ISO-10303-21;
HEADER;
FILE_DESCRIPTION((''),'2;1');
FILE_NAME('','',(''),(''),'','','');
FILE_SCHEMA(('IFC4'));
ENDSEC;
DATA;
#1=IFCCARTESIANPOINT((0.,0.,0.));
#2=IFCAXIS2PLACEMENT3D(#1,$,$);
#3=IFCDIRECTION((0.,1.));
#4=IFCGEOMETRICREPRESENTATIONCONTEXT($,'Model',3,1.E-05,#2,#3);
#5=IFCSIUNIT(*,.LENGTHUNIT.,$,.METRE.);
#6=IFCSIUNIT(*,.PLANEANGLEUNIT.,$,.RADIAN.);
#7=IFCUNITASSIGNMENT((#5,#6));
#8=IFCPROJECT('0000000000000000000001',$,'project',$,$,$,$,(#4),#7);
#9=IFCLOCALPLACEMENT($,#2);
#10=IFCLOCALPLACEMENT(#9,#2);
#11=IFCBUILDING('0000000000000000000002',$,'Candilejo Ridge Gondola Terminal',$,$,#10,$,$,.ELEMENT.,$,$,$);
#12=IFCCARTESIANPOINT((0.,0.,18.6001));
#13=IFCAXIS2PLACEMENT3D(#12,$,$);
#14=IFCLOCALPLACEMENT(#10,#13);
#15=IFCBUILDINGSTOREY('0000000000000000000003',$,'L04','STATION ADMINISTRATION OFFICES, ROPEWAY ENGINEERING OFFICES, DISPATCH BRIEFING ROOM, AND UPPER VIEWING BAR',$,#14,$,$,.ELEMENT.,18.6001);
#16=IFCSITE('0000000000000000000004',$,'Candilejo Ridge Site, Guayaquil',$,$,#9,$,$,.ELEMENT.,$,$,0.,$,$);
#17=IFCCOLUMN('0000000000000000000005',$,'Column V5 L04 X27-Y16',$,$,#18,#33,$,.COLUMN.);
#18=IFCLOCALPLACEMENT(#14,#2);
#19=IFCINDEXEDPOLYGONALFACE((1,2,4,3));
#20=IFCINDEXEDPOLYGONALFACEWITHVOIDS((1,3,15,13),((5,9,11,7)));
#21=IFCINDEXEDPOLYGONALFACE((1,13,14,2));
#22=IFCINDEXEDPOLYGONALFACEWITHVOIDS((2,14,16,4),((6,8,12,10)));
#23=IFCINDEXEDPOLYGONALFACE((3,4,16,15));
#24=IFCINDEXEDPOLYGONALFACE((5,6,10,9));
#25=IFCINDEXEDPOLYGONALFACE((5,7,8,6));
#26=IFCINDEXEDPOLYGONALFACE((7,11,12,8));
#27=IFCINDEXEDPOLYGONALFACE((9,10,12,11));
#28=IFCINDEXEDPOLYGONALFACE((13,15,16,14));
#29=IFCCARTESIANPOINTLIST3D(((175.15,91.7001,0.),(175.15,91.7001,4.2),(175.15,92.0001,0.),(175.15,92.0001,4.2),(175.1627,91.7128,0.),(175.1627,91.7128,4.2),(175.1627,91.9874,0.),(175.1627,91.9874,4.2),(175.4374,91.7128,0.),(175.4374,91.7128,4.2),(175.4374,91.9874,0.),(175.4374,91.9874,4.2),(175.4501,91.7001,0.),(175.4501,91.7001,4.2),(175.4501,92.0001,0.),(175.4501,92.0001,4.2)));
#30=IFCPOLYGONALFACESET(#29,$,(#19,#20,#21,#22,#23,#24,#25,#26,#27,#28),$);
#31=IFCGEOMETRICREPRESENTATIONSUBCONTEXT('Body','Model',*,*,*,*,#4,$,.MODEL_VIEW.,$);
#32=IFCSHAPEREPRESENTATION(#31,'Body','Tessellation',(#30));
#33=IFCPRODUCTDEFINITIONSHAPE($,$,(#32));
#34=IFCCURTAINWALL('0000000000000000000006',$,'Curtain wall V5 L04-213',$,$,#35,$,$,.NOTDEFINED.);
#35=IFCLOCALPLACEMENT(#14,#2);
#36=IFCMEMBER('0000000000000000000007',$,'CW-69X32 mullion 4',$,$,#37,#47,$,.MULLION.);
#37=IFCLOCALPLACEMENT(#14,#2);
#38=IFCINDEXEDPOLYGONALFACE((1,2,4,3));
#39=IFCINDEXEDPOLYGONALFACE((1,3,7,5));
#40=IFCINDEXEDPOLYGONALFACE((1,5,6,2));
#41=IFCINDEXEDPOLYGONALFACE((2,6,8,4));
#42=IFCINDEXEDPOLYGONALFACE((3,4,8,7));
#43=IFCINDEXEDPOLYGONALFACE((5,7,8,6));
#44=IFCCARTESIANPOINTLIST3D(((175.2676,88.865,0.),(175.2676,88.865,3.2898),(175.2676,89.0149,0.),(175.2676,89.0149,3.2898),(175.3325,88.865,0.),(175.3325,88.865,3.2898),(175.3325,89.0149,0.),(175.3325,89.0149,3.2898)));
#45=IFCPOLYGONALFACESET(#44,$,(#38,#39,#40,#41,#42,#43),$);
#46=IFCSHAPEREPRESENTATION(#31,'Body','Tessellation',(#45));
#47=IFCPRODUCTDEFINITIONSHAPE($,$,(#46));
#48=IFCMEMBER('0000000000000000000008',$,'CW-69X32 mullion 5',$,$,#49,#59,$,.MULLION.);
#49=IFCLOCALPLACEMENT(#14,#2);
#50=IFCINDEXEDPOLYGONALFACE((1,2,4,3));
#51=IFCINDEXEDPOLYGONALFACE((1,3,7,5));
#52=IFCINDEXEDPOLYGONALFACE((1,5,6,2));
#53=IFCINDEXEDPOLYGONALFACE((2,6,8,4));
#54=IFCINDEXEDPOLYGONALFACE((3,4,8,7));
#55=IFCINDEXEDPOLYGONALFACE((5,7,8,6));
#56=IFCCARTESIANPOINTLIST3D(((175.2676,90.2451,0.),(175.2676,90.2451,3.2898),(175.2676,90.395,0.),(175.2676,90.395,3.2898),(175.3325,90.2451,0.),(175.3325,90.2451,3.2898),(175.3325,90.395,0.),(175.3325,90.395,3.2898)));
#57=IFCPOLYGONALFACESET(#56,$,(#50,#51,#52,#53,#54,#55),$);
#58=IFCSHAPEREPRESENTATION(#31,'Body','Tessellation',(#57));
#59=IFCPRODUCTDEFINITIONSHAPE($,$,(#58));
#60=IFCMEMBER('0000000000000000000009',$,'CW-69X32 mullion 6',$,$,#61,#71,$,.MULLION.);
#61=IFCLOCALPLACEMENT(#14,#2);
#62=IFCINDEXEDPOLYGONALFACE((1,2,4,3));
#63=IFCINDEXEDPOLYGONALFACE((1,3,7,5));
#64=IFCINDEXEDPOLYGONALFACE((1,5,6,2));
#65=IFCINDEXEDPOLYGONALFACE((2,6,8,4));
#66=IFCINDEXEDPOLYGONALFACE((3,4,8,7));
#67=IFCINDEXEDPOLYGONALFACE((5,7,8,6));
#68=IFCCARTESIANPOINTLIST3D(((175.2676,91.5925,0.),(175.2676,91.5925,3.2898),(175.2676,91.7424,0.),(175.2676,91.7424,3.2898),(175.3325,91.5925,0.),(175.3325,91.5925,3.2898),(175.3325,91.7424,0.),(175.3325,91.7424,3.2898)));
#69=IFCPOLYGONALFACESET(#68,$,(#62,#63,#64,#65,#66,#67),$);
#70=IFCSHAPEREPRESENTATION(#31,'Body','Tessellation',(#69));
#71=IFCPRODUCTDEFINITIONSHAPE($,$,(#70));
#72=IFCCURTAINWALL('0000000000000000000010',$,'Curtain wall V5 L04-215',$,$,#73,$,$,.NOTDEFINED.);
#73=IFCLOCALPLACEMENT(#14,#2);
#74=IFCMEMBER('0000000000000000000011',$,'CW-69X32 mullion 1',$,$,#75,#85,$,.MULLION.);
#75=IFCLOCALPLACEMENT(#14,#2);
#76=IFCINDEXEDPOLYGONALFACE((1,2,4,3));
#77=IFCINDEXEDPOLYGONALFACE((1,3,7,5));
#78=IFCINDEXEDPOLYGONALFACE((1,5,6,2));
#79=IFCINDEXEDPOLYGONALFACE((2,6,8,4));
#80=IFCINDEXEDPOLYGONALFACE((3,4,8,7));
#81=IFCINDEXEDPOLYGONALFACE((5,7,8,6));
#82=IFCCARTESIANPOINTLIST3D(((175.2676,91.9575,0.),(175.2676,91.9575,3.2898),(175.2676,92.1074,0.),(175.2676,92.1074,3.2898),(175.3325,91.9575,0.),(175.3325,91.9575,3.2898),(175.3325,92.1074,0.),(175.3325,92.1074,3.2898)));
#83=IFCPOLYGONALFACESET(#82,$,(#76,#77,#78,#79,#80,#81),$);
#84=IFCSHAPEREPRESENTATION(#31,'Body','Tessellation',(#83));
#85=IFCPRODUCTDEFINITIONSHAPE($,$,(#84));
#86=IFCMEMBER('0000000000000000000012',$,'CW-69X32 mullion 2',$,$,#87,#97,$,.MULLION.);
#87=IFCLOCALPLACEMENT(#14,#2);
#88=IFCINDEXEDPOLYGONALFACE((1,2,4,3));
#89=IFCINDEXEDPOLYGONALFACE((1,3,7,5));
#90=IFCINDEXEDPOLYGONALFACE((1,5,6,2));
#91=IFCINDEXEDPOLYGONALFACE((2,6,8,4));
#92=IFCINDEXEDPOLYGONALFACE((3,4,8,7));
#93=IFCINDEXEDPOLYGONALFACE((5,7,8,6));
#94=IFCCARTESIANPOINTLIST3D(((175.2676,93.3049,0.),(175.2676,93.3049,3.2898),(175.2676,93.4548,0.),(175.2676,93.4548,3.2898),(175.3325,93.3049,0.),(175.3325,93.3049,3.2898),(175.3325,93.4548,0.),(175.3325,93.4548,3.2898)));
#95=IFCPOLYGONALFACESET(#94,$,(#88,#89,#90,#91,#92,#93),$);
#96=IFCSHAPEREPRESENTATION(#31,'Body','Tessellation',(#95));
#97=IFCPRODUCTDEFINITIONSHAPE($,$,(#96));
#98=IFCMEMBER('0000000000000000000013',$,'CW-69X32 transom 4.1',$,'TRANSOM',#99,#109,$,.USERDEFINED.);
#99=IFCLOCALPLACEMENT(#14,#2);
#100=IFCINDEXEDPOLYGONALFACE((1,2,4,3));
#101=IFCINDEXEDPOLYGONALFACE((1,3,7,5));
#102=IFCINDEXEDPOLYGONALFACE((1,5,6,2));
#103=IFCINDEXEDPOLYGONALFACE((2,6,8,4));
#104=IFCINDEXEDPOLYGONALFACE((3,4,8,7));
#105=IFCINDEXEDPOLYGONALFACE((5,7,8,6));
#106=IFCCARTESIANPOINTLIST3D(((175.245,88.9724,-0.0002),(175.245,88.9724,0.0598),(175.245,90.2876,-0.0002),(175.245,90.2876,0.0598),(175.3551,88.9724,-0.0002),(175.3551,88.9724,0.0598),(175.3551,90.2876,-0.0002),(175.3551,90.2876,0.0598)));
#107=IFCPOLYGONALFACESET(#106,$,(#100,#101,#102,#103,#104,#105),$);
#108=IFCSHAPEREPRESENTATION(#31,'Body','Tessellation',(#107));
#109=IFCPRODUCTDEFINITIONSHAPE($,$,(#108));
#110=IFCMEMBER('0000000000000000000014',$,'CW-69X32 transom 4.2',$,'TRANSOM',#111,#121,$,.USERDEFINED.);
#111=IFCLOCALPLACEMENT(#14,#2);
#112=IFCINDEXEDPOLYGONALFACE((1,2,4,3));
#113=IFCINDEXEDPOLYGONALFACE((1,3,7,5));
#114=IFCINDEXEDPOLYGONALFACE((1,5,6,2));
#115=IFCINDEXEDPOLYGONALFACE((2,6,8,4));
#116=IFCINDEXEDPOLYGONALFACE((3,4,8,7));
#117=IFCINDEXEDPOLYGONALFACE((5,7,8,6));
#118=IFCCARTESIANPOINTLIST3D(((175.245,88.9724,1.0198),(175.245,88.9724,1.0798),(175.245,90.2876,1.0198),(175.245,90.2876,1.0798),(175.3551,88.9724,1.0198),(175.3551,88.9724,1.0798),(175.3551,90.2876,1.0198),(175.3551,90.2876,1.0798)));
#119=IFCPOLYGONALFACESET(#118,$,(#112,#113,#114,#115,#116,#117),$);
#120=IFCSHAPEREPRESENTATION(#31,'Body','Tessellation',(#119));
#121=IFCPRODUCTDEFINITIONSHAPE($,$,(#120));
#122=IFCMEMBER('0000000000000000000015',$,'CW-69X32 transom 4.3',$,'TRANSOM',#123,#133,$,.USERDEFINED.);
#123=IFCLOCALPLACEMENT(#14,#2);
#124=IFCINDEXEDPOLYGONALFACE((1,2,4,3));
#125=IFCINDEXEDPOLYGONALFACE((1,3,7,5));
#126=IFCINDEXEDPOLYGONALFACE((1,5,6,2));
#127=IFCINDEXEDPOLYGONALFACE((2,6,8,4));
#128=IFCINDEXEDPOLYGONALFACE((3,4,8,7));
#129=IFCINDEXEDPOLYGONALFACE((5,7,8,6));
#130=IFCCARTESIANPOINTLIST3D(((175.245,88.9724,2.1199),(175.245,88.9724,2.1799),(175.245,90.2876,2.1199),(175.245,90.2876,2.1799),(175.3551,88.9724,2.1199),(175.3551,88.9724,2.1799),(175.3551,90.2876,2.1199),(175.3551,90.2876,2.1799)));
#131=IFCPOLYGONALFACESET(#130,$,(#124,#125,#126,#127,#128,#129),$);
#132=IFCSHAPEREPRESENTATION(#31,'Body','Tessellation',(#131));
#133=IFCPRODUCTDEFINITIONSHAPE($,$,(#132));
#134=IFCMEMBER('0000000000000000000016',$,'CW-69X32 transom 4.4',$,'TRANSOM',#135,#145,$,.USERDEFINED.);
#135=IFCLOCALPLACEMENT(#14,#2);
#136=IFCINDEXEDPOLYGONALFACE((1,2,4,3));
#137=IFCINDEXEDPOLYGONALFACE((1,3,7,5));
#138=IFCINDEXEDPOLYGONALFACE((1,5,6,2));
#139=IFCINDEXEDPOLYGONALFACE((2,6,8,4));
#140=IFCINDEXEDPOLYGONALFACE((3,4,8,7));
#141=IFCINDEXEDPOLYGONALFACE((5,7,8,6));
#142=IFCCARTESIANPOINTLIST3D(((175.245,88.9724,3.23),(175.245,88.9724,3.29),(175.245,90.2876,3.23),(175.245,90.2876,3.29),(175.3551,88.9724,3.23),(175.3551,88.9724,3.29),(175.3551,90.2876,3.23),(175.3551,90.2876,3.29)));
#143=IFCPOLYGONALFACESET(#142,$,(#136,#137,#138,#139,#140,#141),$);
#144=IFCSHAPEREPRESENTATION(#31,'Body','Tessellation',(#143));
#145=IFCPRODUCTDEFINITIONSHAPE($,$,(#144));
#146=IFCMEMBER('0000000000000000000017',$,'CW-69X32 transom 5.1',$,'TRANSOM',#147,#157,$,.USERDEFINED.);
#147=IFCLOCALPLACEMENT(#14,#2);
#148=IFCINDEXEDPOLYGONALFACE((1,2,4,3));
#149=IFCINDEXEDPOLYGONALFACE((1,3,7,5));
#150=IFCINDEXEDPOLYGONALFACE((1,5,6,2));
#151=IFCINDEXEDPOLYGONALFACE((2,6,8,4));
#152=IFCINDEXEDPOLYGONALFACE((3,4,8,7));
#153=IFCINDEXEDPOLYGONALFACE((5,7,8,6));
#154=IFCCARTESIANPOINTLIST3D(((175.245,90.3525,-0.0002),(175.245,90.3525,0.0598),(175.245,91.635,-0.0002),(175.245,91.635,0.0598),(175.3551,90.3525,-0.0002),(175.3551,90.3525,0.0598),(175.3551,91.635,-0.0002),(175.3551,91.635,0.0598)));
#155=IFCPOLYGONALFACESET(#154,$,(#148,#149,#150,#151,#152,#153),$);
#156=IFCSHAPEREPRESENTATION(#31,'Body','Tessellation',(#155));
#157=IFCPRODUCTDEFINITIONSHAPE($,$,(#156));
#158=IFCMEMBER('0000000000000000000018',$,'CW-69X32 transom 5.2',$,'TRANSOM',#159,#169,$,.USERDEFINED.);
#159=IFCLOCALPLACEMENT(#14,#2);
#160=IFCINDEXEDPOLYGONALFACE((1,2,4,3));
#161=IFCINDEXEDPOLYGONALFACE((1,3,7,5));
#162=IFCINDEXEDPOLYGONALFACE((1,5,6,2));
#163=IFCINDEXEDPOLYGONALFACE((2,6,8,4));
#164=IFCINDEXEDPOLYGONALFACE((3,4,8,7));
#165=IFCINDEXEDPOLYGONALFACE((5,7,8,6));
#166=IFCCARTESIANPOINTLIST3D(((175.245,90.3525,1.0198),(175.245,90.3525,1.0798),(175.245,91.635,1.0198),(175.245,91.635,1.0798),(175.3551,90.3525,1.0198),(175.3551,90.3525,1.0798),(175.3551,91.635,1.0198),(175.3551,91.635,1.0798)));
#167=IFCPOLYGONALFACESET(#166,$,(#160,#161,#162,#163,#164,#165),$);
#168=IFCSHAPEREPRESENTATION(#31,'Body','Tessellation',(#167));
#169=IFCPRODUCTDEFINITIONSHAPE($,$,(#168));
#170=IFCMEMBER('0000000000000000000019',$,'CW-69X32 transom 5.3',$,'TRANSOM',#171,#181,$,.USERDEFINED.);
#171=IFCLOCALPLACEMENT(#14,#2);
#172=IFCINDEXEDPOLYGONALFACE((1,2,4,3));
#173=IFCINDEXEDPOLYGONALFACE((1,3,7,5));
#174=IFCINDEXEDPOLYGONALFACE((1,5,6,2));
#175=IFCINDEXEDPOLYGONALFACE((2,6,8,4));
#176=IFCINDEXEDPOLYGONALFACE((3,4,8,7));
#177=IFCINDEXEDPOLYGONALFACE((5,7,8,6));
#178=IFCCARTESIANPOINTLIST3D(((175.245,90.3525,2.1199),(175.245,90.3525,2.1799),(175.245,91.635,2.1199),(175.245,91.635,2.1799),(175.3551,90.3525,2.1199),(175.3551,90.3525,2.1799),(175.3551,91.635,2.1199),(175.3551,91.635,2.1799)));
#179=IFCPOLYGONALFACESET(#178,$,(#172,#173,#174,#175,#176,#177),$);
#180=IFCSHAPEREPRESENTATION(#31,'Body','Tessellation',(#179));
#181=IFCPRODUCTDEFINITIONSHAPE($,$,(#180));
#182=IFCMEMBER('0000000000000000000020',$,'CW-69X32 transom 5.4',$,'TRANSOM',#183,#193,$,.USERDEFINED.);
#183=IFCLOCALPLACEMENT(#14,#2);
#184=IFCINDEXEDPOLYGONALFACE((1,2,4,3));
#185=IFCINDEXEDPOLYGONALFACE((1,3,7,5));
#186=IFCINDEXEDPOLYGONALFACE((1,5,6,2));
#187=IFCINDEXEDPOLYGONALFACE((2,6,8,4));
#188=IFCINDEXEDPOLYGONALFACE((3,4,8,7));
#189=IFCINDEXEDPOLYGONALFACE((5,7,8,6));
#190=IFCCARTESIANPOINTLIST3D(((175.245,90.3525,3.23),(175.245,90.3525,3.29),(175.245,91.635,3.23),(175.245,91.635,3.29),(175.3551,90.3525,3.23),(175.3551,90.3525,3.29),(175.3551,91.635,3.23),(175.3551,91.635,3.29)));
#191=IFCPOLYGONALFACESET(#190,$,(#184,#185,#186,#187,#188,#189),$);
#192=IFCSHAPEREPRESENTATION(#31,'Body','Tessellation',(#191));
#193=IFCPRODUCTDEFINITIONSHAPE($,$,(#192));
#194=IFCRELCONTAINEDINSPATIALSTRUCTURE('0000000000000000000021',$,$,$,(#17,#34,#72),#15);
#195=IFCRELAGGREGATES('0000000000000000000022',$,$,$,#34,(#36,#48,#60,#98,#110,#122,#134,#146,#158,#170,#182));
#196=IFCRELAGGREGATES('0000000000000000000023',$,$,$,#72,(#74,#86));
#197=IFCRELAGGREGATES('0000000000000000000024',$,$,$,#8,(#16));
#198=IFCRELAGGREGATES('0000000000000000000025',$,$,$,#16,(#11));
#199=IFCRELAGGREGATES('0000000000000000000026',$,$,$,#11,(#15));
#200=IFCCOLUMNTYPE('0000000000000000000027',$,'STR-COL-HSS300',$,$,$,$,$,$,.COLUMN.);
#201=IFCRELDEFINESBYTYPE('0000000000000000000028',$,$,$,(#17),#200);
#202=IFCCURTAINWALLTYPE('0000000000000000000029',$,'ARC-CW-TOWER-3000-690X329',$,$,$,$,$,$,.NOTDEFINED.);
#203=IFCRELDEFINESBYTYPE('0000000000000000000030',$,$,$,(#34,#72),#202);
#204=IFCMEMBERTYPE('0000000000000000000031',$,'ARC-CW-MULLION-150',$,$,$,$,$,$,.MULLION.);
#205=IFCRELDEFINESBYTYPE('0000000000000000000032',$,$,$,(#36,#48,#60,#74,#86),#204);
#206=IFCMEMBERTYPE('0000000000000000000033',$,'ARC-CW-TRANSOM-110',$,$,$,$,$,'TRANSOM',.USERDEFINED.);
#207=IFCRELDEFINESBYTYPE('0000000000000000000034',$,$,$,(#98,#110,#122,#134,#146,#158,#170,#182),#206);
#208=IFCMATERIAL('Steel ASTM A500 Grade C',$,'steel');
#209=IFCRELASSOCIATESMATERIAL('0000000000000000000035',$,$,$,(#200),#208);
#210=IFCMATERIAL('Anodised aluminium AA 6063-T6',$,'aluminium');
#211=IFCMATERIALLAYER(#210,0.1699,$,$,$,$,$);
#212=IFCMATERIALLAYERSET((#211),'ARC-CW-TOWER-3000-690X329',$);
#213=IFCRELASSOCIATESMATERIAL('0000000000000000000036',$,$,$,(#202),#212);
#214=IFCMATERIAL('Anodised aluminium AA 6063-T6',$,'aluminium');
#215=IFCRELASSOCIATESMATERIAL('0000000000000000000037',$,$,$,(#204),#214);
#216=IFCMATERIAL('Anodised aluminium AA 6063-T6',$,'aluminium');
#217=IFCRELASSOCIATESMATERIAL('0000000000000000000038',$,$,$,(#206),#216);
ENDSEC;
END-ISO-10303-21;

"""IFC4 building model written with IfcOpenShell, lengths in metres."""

from ifc_helpers import new_model, si_unit, direction, frame, origin, origin_2d, place, context, subcontext, project, spatial, rectangle, hollow_rectangle, extrude, material, layer, layer_set, material_profile, profile_set, type_object, element, aggregate, save


model = new_model("IFC4")

# Units and contexts
model_context = context("Model", 3, precision=1e-05, world=origin(), true_north=direction((0.0, 1.0)))
body_context = subcontext(model_context, "Body", "Model", "MODEL_VIEW")
ifc_project = project(units=[si_unit("LENGTHUNIT", "METRE"), si_unit("PLANEANGLEUNIT", "RADIAN")], contexts=[model_context])

# Site, building, storey
site_placement = place(None, origin())
site = spatial("IfcSite", under=ifc_project, at=site_placement, Name="Candilejo Ridge Site, Guayaquil", CompositionType="ELEMENT", RefElevation=0.0)
building_placement = place(site_placement, origin())
building = spatial("IfcBuilding", under=site, at=building_placement, Name="Candilejo Ridge Gondola Terminal", CompositionType="ELEMENT")
storey_placement = place(building_placement, frame((0.0, 0.0, 18.6001)))
storey = spatial("IfcBuildingStorey", under=building, at=storey_placement, Name="L04", Description="STATION ADMINISTRATION OFFICES, ROPEWAY ENGINEERING OFFICES, DISPATCH BRIEFING ROOM, AND UPPER VIEWING BAR", CompositionType="ELEMENT", Elevation=18.6001)

# Column
ifc_material_1 = material(Name="Steel ASTM A500 Grade C", Category="steel")
ifc_material_profile_1 = material_profile(ifc_material_1, hollow_rectangle(XDim=0.3, YDim=0.3, WallThickness=0.0127, at=origin_2d()))
ifc_profile_set_1 = profile_set([ifc_material_profile_1], Name="Steel ASTM A500 Grade C")
column_type = type_object("IfcColumnType", Name="STR-COL-HSS300", PredefinedType="COLUMN", material=ifc_profile_set_1)
column_placement = place(storey_placement, frame((175.3, 91.8501, 0.0), z_axis=(0.0, 0.0, 1.0), x_axis=(1.0, 0.0, 0.0)))
element("IfcColumn", 1, at=column_placement, inside=storey, type_object=column_type, Name="Column V5 L04 X27-Y16", PredefinedType="COLUMN", context=body_context, shape_type="SweptSolid", body=[
    extrude(hollow_rectangle(XDim=0.3, YDim=0.3, WallThickness=0.0127, at=origin_2d()), origin(), (0.0, 0.0, 1.0), 4.2),
])

# Curtain walls, members
ifc_material_2 = material(Name="Anodised aluminium AA 6063-T6", Category="aluminium")
ifc_layer_1 = layer(ifc_material_2, 0.1699)
ifc_layer_set_1 = layer_set([ifc_layer_1], Name="ARC-CW-TOWER-3000-690X329")
curtain_wall_type = type_object("IfcCurtainWallType", Name="ARC-CW-TOWER-3000-690X329", PredefinedType="NOTDEFINED", material=ifc_layer_set_1)
curtain_wall_1_placement = place(storey_placement, origin())
curtain_wall_1 = element("IfcCurtainWall", 2, at=curtain_wall_1_placement, inside=storey, type_object=curtain_wall_type, Name="Curtain wall V5 L04-213", PredefinedType="NOTDEFINED")
ifc_material_3 = material(Name="Anodised aluminium AA 6063-T6", Category="aluminium")
ifc_material_profile_2 = material_profile(ifc_material_3, rectangle(XDim=0.0649, YDim=0.1499, at=origin_2d()))
ifc_profile_set_2 = profile_set([ifc_material_profile_2], Name="Anodised aluminium AA 6063-T6")
member_type_1 = type_object("IfcMemberType", Name="ARC-CW-MULLION-150", PredefinedType="MULLION", material=ifc_profile_set_2)
member_1_placement = place(storey_placement, frame((175.3, 88.9399, 0.0), z_axis=(0.0, 0.0, 1.0), x_axis=(-1.0, 0.0, 0.0)))
member_1 = element("IfcMember", 3, at=member_1_placement, type_object=member_type_1, Name="CW-69X32 mullion 4", PredefinedType="MULLION", context=body_context, shape_type="SweptSolid", body=[
    extrude(rectangle(XDim=0.0649, YDim=0.1499, at=origin_2d()), origin(), (0.0, 0.0, 1.0), 3.2898),
])
member_2_placement = place(storey_placement, frame((175.3, 90.3201, 0.0), z_axis=(0.0, 0.0, 1.0), x_axis=(-1.0, 0.0, 0.0)))
member_2 = element("IfcMember", 4, at=member_2_placement, type_object=member_type_1, Name="CW-69X32 mullion 5", PredefinedType="MULLION", context=body_context, shape_type="SweptSolid", body=[
    extrude(rectangle(XDim=0.0649, YDim=0.1499, at=origin_2d()), origin(), (0.0, 0.0, 1.0), 3.2898),
])
member_3_placement = place(storey_placement, frame((175.3, 91.6675, 0.0), z_axis=(0.0, 0.0, 1.0), x_axis=(-1.0, 0.0, 0.0)))
member_3 = element("IfcMember", 5, at=member_3_placement, type_object=member_type_1, Name="CW-69X32 mullion 6", PredefinedType="MULLION", context=body_context, shape_type="SweptSolid", body=[
    extrude(rectangle(XDim=0.0649, YDim=0.1499, at=origin_2d()), origin(), (0.0, 0.0, 1.0), 3.2898),
])
curtain_wall_2_placement = place(storey_placement, origin())
curtain_wall_2 = element("IfcCurtainWall", 6, at=curtain_wall_2_placement, inside=storey, type_object=curtain_wall_type, Name="Curtain wall V5 L04-215", PredefinedType="NOTDEFINED")
member_4_placement = place(storey_placement, frame((175.3, 92.0325, 0.0), z_axis=(0.0, 0.0, 1.0), x_axis=(-1.0, 0.0, 0.0)))
member_4 = element("IfcMember", 7, at=member_4_placement, type_object=member_type_1, Name="CW-69X32 mullion 1", PredefinedType="MULLION", context=body_context, shape_type="SweptSolid", body=[
    extrude(rectangle(XDim=0.0649, YDim=0.1499, at=origin_2d()), origin(), (0.0, 0.0, 1.0), 3.2898),
])
member_5_placement = place(storey_placement, frame((175.3, 93.3799, 0.0), z_axis=(0.0, 0.0, 1.0), x_axis=(-1.0, 0.0, 0.0)))
member_5 = element("IfcMember", 8, at=member_5_placement, type_object=member_type_1, Name="CW-69X32 mullion 2", PredefinedType="MULLION", context=body_context, shape_type="SweptSolid", body=[
    extrude(rectangle(XDim=0.0649, YDim=0.1499, at=origin_2d()), origin(), (0.0, 0.0, 1.0), 3.2898),
])

# Members
ifc_material_4 = material(Name="Anodised aluminium AA 6063-T6", Category="aluminium")
ifc_material_profile_3 = material_profile(ifc_material_4, rectangle(XDim=0.1101, YDim=0.0601, at=origin_2d()))
ifc_profile_set_3 = profile_set([ifc_material_profile_3], Name="Anodised aluminium AA 6063-T6")
member_type_2 = type_object("IfcMemberType", Name="ARC-CW-TRANSOM-110", ElementType="TRANSOM", PredefinedType="USERDEFINED", material=ifc_profile_set_3)
member_6_placement = place(storey_placement, frame((175.3, 88.9724, 0.0298), z_axis=(0.0, 1.0, 0.0), x_axis=(-1.0, 0.0, 0.0)))
member_6 = element("IfcMember", 9, at=member_6_placement, type_object=member_type_2, Name="CW-69X32 transom 4.1", ObjectType="TRANSOM", PredefinedType="USERDEFINED", context=body_context, shape_type="SweptSolid", body=[
    extrude(rectangle(XDim=0.1101, YDim=0.0601, at=origin_2d()), origin(), (0.0, 0.0, 1.0), 1.3152),
])
member_7_placement = place(storey_placement, frame((175.3, 88.9724, 1.0498), z_axis=(0.0, 1.0, 0.0), x_axis=(-1.0, 0.0, 0.0)))
member_7 = element("IfcMember", 10, at=member_7_placement, type_object=member_type_2, Name="CW-69X32 transom 4.2", ObjectType="TRANSOM", PredefinedType="USERDEFINED", context=body_context, shape_type="SweptSolid", body=[
    extrude(rectangle(XDim=0.1101, YDim=0.0601, at=origin_2d()), origin(), (0.0, 0.0, 1.0), 1.3152),
])
member_8_placement = place(storey_placement, frame((175.3, 88.9724, 2.1499), z_axis=(0.0, 1.0, 0.0), x_axis=(-1.0, 0.0, 0.0)))
member_8 = element("IfcMember", 11, at=member_8_placement, type_object=member_type_2, Name="CW-69X32 transom 4.3", ObjectType="TRANSOM", PredefinedType="USERDEFINED", context=body_context, shape_type="SweptSolid", body=[
    extrude(rectangle(XDim=0.1101, YDim=0.0601, at=origin_2d()), origin(), (0.0, 0.0, 1.0), 1.3152),
])
member_9_placement = place(storey_placement, frame((175.3, 88.9724, 3.26), z_axis=(0.0, 1.0, 0.0), x_axis=(-1.0, 0.0, 0.0)))
member_9 = element("IfcMember", 12, at=member_9_placement, type_object=member_type_2, Name="CW-69X32 transom 4.4", ObjectType="TRANSOM", PredefinedType="USERDEFINED", context=body_context, shape_type="SweptSolid", body=[
    extrude(rectangle(XDim=0.1101, YDim=0.0601, at=origin_2d()), origin(), (0.0, 0.0, 1.0), 1.3152),
])
member_10_placement = place(storey_placement, frame((175.3, 90.3525, 0.0298), z_axis=(0.0, 1.0, 0.0), x_axis=(-1.0, 0.0, 0.0)))
member_10 = element("IfcMember", 13, at=member_10_placement, type_object=member_type_2, Name="CW-69X32 transom 5.1", ObjectType="TRANSOM", PredefinedType="USERDEFINED", context=body_context, shape_type="SweptSolid", body=[
    extrude(rectangle(XDim=0.1101, YDim=0.0601, at=origin_2d()), origin(), (0.0, 0.0, 1.0), 1.2825),
])
member_11_placement = place(storey_placement, frame((175.3, 90.3525, 1.0498), z_axis=(0.0, 1.0, 0.0), x_axis=(-1.0, 0.0, 0.0)))
member_11 = element("IfcMember", 14, at=member_11_placement, type_object=member_type_2, Name="CW-69X32 transom 5.2", ObjectType="TRANSOM", PredefinedType="USERDEFINED", context=body_context, shape_type="SweptSolid", body=[
    extrude(rectangle(XDim=0.1101, YDim=0.0601, at=origin_2d()), origin(), (0.0, 0.0, 1.0), 1.2825),
])
member_12_placement = place(storey_placement, frame((175.3, 90.3525, 2.1499), z_axis=(0.0, 1.0, 0.0), x_axis=(-1.0, 0.0, 0.0)))
member_12 = element("IfcMember", 15, at=member_12_placement, type_object=member_type_2, Name="CW-69X32 transom 5.3", ObjectType="TRANSOM", PredefinedType="USERDEFINED", context=body_context, shape_type="SweptSolid", body=[
    extrude(rectangle(XDim=0.1101, YDim=0.0601, at=origin_2d()), origin(), (0.0, 0.0, 1.0), 1.2825),
])
member_13_placement = place(storey_placement, frame((175.3, 90.3525, 3.26), z_axis=(0.0, 1.0, 0.0), x_axis=(-1.0, 0.0, 0.0)))
member_13 = element("IfcMember", 16, at=member_13_placement, type_object=member_type_2, Name="CW-69X32 transom 5.4", ObjectType="TRANSOM", PredefinedType="USERDEFINED", context=body_context, shape_type="SweptSolid", body=[
    extrude(rectangle(XDim=0.1101, YDim=0.0601, at=origin_2d()), origin(), (0.0, 0.0, 1.0), 1.2825),
])

aggregate(curtain_wall_1, [member_1, member_2, member_3, member_6, member_7, member_8, member_9, member_10, member_11, member_12, member_13])
aggregate(curtain_wall_2, [member_4, member_5])

save(model, "model.ifc")
